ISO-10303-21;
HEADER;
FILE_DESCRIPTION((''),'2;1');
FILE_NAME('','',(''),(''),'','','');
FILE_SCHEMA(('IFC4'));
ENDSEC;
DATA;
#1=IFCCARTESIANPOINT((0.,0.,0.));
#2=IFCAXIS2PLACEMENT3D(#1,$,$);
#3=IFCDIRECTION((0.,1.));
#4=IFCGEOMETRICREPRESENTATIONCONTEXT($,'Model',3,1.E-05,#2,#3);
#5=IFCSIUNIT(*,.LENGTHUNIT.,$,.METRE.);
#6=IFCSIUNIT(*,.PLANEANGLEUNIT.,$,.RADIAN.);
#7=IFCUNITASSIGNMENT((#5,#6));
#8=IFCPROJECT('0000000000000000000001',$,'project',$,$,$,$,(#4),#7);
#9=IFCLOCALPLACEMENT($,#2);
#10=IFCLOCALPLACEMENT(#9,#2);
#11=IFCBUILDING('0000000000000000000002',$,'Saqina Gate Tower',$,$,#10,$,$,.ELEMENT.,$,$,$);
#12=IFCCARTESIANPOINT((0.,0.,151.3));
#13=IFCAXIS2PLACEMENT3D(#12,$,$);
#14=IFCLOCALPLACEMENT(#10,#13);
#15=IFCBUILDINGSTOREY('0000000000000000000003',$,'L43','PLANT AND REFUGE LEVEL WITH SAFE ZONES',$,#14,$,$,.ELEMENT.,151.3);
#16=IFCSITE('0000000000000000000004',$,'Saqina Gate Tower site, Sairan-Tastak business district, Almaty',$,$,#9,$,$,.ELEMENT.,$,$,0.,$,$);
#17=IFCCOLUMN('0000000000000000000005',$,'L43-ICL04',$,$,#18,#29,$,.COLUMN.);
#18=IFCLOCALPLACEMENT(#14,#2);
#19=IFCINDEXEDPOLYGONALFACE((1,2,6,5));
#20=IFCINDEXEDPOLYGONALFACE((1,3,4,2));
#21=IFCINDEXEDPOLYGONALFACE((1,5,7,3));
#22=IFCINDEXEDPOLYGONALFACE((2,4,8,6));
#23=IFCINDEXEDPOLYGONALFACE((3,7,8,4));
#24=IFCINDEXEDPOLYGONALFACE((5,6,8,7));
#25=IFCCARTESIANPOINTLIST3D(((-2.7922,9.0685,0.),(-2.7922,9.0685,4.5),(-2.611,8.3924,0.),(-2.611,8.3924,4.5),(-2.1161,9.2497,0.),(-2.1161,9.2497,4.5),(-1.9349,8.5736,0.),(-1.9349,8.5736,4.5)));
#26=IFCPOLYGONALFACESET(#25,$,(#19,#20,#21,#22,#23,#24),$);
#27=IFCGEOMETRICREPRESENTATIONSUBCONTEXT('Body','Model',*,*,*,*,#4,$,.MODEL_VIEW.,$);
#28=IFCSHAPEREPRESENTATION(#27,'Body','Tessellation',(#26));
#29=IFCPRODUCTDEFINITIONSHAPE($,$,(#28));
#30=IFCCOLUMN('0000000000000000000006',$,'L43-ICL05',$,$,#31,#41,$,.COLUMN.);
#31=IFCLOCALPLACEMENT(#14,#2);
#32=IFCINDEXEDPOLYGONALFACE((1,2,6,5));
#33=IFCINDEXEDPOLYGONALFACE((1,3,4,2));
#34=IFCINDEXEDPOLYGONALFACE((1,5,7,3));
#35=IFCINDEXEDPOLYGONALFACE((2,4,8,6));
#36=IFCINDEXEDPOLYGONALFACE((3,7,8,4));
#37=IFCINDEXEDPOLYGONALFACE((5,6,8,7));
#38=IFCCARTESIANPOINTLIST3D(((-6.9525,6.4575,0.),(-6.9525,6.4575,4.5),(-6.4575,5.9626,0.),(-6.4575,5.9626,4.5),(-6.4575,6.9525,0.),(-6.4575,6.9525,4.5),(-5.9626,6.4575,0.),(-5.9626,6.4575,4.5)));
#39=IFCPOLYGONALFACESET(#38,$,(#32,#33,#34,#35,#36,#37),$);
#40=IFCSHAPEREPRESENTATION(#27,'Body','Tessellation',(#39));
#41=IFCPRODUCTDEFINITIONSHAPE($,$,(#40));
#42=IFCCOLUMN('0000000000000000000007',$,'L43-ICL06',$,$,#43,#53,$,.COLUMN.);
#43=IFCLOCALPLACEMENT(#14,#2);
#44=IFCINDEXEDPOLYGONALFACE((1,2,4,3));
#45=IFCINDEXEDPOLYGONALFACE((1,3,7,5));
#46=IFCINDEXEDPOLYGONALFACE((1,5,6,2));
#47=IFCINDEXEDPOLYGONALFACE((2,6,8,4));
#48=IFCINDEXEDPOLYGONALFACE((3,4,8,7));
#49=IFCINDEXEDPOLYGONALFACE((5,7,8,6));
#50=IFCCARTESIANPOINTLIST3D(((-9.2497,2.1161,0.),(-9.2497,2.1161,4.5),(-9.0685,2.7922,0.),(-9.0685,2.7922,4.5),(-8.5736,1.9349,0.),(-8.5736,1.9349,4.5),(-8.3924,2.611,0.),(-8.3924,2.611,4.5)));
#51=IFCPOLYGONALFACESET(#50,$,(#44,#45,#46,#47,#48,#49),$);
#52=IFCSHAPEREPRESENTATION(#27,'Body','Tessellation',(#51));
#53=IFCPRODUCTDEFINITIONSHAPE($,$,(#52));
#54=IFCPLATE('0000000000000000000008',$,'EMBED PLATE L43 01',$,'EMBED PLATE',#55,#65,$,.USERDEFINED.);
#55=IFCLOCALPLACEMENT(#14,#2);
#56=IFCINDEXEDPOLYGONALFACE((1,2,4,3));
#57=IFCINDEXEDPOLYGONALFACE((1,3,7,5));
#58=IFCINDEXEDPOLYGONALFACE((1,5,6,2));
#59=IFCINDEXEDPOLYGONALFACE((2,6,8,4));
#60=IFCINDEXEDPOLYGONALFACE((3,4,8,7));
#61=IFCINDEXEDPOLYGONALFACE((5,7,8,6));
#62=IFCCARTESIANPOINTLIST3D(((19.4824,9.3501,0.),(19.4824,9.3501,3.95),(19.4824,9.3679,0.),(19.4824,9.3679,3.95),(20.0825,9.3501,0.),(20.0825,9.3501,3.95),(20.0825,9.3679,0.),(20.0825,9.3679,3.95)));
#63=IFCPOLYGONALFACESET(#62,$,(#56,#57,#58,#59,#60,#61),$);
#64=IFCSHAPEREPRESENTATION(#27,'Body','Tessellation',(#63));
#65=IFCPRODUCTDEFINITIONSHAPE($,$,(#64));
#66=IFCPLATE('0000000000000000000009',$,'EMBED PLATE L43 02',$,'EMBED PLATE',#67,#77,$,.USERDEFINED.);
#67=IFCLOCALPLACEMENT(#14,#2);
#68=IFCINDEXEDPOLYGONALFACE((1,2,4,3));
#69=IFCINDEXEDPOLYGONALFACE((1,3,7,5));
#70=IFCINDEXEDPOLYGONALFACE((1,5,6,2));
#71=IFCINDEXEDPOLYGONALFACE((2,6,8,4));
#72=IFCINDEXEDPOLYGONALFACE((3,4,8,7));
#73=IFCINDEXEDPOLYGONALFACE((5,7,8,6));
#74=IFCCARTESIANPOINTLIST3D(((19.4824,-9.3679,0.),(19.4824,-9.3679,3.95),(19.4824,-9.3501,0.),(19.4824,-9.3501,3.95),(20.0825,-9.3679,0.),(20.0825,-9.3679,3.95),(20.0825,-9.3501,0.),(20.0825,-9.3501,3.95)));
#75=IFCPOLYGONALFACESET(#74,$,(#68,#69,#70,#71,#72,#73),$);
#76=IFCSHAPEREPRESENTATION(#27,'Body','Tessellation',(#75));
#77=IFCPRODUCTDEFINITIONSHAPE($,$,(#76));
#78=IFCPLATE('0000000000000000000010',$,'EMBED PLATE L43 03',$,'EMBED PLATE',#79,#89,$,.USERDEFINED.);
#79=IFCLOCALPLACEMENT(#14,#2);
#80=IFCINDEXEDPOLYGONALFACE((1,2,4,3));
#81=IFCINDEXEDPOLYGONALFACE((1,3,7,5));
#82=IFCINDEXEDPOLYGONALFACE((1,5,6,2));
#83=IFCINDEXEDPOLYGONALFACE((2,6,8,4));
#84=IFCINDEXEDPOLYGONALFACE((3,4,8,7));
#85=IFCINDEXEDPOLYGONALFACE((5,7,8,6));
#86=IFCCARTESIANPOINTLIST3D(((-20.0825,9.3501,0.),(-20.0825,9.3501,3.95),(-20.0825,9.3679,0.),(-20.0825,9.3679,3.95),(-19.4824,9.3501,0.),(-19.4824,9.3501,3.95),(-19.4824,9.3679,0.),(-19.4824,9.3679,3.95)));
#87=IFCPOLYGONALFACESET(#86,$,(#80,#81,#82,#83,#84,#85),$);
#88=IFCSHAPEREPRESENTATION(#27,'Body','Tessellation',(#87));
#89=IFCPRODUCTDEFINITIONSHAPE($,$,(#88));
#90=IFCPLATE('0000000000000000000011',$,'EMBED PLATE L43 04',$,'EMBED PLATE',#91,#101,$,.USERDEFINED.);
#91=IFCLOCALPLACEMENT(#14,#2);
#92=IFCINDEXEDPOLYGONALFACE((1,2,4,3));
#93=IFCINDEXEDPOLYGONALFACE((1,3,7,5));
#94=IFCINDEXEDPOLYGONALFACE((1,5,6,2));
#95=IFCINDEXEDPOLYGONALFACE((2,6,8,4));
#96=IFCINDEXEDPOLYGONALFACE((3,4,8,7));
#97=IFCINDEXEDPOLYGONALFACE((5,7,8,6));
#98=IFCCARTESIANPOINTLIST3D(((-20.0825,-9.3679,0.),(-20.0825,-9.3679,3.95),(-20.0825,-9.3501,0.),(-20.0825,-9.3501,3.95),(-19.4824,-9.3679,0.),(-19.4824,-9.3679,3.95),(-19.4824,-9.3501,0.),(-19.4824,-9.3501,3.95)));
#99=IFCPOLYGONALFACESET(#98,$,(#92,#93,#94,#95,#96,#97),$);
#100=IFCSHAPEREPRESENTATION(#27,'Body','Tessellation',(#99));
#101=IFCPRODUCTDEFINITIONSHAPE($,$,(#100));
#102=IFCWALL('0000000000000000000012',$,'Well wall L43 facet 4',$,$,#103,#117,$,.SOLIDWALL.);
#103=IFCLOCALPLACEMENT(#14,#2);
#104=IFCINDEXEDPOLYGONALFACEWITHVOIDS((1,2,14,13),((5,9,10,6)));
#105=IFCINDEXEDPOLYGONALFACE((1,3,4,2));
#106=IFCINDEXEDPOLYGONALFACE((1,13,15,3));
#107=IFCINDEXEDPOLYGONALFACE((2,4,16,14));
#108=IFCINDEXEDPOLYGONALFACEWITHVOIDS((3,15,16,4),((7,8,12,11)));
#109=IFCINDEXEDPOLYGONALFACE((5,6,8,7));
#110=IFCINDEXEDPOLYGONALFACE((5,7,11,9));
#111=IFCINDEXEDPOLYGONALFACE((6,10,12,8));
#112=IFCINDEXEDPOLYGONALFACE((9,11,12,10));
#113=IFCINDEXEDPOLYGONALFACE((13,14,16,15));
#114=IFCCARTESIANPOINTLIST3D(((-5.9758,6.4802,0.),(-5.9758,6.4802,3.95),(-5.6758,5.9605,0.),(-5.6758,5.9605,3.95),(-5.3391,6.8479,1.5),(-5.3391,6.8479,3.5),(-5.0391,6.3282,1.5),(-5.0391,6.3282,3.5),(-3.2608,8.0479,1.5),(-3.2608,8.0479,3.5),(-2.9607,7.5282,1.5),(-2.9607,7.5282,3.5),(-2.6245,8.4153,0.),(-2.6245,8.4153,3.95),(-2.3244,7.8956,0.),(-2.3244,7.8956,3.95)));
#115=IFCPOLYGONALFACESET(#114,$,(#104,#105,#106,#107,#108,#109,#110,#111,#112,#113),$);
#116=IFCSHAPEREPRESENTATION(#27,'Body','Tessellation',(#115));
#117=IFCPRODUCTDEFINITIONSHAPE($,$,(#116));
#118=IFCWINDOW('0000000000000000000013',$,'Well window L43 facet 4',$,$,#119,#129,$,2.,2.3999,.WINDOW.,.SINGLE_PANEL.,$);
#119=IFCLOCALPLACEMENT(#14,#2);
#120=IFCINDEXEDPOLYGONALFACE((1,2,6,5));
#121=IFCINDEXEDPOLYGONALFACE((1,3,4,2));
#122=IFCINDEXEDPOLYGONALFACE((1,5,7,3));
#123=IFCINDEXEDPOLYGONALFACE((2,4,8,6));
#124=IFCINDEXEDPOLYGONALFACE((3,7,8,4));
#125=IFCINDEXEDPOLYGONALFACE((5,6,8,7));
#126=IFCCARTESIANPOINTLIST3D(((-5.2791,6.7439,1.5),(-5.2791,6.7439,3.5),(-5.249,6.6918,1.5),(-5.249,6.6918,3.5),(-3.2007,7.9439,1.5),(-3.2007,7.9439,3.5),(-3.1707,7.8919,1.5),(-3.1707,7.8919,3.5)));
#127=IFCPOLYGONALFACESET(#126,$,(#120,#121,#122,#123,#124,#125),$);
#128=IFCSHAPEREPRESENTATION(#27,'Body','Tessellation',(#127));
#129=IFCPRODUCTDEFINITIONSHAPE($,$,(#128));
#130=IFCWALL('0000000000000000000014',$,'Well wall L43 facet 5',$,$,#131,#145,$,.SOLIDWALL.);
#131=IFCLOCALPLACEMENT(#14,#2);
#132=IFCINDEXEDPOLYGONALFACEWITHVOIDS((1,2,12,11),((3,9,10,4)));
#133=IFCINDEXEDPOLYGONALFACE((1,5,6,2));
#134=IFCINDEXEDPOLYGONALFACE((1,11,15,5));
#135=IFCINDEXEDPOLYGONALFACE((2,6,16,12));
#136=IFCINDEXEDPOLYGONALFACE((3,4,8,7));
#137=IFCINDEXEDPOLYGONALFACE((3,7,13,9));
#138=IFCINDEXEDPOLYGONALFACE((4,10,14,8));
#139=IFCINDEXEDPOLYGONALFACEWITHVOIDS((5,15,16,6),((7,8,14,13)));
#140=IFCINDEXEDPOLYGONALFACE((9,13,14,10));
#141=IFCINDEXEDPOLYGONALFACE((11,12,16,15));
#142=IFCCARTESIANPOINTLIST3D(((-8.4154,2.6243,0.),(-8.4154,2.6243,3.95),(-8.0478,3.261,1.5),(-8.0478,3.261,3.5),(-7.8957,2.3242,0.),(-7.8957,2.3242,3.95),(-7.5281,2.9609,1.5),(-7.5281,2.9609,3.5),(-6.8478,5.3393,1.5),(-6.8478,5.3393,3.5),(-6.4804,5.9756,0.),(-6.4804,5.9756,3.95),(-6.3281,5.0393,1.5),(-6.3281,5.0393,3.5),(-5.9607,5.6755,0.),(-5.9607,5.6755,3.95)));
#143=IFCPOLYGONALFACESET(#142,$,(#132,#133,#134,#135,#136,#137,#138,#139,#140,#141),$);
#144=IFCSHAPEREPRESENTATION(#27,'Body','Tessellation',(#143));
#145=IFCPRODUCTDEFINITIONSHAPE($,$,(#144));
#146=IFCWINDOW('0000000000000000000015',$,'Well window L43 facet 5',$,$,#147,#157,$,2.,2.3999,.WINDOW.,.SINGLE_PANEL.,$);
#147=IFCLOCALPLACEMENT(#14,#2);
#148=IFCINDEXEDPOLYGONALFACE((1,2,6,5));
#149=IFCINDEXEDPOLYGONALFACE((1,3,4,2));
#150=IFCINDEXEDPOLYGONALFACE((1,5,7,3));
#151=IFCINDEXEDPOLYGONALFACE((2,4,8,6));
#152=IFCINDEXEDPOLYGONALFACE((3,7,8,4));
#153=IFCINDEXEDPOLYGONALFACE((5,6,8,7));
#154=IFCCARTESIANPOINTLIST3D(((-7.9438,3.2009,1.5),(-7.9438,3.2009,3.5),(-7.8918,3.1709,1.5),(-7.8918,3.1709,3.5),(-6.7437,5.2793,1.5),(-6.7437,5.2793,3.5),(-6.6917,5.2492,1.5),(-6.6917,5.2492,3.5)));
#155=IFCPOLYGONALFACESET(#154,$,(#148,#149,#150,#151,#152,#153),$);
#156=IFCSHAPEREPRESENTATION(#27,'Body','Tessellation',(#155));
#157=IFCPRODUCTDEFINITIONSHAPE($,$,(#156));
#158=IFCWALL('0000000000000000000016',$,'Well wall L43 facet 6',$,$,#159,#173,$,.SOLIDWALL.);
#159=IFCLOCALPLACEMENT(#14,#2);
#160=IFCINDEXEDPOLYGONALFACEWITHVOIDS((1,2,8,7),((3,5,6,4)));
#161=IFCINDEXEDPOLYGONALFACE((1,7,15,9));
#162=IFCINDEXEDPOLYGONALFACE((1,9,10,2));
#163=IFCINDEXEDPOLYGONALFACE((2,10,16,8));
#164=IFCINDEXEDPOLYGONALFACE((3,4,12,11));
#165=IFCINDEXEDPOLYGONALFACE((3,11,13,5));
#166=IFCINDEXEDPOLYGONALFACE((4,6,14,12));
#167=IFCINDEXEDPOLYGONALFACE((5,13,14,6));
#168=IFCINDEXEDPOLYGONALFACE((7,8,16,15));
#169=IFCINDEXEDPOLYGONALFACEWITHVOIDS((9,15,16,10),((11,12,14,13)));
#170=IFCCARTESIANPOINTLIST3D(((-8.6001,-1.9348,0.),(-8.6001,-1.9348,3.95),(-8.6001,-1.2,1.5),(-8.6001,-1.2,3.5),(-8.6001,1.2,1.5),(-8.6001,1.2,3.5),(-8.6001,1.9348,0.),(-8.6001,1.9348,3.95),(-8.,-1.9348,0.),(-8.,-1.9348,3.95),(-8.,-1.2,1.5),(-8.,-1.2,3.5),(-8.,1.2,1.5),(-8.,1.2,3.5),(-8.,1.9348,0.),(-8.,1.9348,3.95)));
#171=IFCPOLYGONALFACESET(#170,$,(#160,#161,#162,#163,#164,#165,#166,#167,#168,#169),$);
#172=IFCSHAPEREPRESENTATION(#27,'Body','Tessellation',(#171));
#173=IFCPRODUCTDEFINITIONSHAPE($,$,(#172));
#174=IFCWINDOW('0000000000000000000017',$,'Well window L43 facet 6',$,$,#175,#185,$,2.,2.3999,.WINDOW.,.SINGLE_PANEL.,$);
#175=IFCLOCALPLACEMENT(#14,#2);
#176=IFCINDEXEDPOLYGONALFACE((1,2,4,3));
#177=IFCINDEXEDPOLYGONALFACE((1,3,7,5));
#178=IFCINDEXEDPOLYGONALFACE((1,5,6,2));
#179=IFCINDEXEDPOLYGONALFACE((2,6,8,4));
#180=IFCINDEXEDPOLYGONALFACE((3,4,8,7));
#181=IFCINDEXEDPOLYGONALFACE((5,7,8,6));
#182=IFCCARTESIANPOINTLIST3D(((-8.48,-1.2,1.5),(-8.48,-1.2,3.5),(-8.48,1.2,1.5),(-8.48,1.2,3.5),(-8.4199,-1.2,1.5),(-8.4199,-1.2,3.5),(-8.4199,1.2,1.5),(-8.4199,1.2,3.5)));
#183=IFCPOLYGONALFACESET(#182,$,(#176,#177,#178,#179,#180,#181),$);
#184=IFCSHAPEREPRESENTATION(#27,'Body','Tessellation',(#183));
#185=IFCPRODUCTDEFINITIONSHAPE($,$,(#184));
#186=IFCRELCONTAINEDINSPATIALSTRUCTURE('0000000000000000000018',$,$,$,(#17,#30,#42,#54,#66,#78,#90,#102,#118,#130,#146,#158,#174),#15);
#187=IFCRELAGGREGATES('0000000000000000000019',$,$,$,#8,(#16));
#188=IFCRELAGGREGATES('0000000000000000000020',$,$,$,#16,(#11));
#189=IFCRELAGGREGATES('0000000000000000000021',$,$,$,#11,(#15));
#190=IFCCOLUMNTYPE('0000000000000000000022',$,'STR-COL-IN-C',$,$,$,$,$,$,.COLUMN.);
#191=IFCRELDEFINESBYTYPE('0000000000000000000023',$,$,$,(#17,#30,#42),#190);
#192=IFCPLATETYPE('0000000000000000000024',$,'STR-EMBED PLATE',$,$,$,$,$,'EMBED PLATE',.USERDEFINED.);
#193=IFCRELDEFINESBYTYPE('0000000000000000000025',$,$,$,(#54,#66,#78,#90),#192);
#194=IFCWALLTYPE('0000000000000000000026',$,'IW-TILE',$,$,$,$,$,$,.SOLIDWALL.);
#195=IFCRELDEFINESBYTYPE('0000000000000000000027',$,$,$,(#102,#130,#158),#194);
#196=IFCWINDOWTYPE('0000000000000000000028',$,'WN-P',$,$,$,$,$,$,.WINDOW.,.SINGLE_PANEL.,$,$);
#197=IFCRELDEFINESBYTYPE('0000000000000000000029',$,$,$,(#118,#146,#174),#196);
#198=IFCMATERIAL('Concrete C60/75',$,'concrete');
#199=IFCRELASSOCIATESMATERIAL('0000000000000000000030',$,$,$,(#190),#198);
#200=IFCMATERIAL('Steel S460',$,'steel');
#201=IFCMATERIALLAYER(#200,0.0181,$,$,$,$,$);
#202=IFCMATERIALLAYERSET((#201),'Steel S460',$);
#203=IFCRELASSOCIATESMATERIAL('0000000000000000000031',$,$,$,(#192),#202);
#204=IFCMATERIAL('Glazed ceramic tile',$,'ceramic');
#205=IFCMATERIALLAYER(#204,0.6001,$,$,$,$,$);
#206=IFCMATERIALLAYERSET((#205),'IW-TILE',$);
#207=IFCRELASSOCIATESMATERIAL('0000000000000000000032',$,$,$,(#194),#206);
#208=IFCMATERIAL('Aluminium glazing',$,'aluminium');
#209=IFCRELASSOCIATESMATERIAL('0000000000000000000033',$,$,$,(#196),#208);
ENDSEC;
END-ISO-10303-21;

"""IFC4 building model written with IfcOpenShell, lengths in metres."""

from ifc_helpers import new_model, si_unit, direction, frame, frame_2d, origin, origin_2d, place, context, subcontext, project, spatial, polyline, rectangle, outline, extrude, material, layer, layer_set, material_profile, profile_set, type_object, element, fill, save


model = new_model("IFC4")

# Units and contexts
model_context = context("Model", 3, precision=1e-05, world=origin(), true_north=direction((0.0, 1.0)))
body_context = subcontext(model_context, "Body", "Model", "MODEL_VIEW")
ifc_project = project(units=[si_unit("LENGTHUNIT", "METRE"), si_unit("PLANEANGLEUNIT", "RADIAN")], contexts=[model_context])

# Site, building, storey
site_placement = place(None, origin())
site = spatial("IfcSite", under=ifc_project, at=site_placement, Name="Saqina Gate Tower site, Sairan-Tastak business district, Almaty", CompositionType="ELEMENT", RefElevation=0.0)
building_placement = place(site_placement, origin())
building = spatial("IfcBuilding", under=site, at=building_placement, Name="Saqina Gate Tower", CompositionType="ELEMENT")
storey_placement = place(building_placement, frame((0.0, 0.0, 151.3)))
storey = spatial("IfcBuildingStorey", under=building, at=storey_placement, Name="L43", Description="PLANT AND REFUGE LEVEL WITH SAFE ZONES", CompositionType="ELEMENT", Elevation=151.3)

# Columns
ifc_material_1 = material(Name="Concrete C60/75", Category="concrete")
ifc_material_profile = material_profile(ifc_material_1, rectangle(XDim=0.7, YDim=0.7, at=origin_2d()), Name="RC 700x700")
ifc_profile_set = profile_set([ifc_material_profile], Name="Concrete C60/75")
column_type = type_object("IfcColumnType", Name="STR-COL-IN-C", PredefinedType="COLUMN", material=ifc_profile_set)
for number, where, z_axis, x_axis, name in (
    (1, (-2.3635, 8.821, 0.0), (0.0, 0.0, 1.0), (-0.258819, 0.965926, 0.0), "L43-ICL04"),
    (2, (-6.4575, 6.4575, 0.0), (0.0, 0.0, 1.0), (-0.707107, 0.707107, 0.0), "L43-ICL05"),
    (3, (-8.821, 2.3635, 0.0), (0.0, 0.0, 1.0), (-0.965926, 0.258819, 0.0), "L43-ICL06"),
):
    element("IfcColumn", number, at=place(storey_placement, frame(where, z_axis=z_axis, x_axis=x_axis)), inside=storey, type_object=column_type, Name=name, PredefinedType="COLUMN", context=body_context, shape_type="SweptSolid", body=[
        extrude(rectangle(XDim=0.7, YDim=0.7, at=origin_2d()), origin(), (0.0, 0.0, 1.0), 4.5),
    ])

# Plates
ifc_material_2 = material(Name="Steel S460", Category="steel")
ifc_layer_1 = layer(ifc_material_2, 0.0181)
ifc_layer_set_1 = layer_set([ifc_layer_1], Name="Steel S460")
plate_type = type_object("IfcPlateType", Name="STR-EMBED PLATE", ElementType="EMBED PLATE", PredefinedType="USERDEFINED", material=ifc_layer_set_1)
plate_1_placement = place(storey_placement, origin())
element("IfcPlate", 4, at=plate_1_placement, inside=storey, type_object=plate_type, Name="EMBED PLATE L43 01", ObjectType="EMBED PLATE", PredefinedType="USERDEFINED", context=body_context, shape_type="SweptSolid", body=[
    extrude(outline(polyline([(19.4824, 9.3501), (20.0825, 9.3501), (20.0825, 9.3679), (19.4824, 9.3679), (19.4824, 9.3501)])), origin(), (0.0, 0.0, 1.0), 3.95),
])
plate_2_placement = place(storey_placement, origin())
element("IfcPlate", 5, at=plate_2_placement, inside=storey, type_object=plate_type, Name="EMBED PLATE L43 02", ObjectType="EMBED PLATE", PredefinedType="USERDEFINED", context=body_context, shape_type="SweptSolid", body=[
    extrude(outline(polyline([(19.4824, -9.3679), (20.0825, -9.3679), (20.0825, -9.3501), (19.4824, -9.3501), (19.4824, -9.3679)])), origin(), (0.0, 0.0, 1.0), 3.95),
])
plate_3_placement = place(storey_placement, origin())
element("IfcPlate", 6, at=plate_3_placement, inside=storey, type_object=plate_type, Name="EMBED PLATE L43 03", ObjectType="EMBED PLATE", PredefinedType="USERDEFINED", context=body_context, shape_type="SweptSolid", body=[
    extrude(outline(polyline([(-20.0825, 9.3501), (-19.4824, 9.3501), (-19.4824, 9.3679), (-20.0825, 9.3679), (-20.0825, 9.3501)])), origin(), (0.0, 0.0, 1.0), 3.95),
])
plate_4_placement = place(storey_placement, origin())
element("IfcPlate", 7, at=plate_4_placement, inside=storey, type_object=plate_type, Name="EMBED PLATE L43 04", ObjectType="EMBED PLATE", PredefinedType="USERDEFINED", context=body_context, shape_type="SweptSolid", body=[
    extrude(outline(polyline([(-20.0825, -9.3679), (-19.4824, -9.3679), (-19.4824, -9.3501), (-20.0825, -9.3501), (-20.0825, -9.3679)])), origin(), (0.0, 0.0, 1.0), 3.95),
])

# Walls, openings, windows
ifc_material_3 = material(Name="Glazed ceramic tile", Category="ceramic")
ifc_layer_2 = layer(ifc_material_3, 0.6001)
ifc_layer_set_2 = layer_set([ifc_layer_2], Name="IW-TILE")
wall_type_1 = type_object("IfcWallType", Name="IW-TILE", PredefinedType="SOLIDWALL", material=ifc_layer_set_2)
wall_1_placement = place(storey_placement, frame((-2.4744, 8.1555, 0.0), z_axis=(0.0, 0.0, 1.0), x_axis=(-0.866006, -0.500034, 0.0)))
wall_1 = element("IfcWall", 8, at=wall_1_placement, inside=storey, type_object=wall_type_1, Name="Well wall L43 facet 4", PredefinedType="SOLIDWALL", context=body_context, shape_type="SweptSolid", body=[
    extrude(rectangle(XDim=3.8699, YDim=0.6001, at=frame_2d((1.9351, 0.0))), origin(), (0.0, 0.0, 1.0), 3.95),
])
opening_1_placement = place(wall_1_placement, frame((0.7349, 0.0, 1.5)))
opening_1 = element("IfcOpeningElement", 9, at=opening_1_placement, cuts=wall_1, PredefinedType="OPENING", context=body_context, shape_type="SweptSolid", body=[
    extrude(rectangle(XDim=2.3999, YDim=2.0, at=frame_2d((1.2, 1.0))), frame((0.0, 0.312, 0.0), z_axis=(0.0, -1.0, 0.0), x_axis=(1.0, 0.0, 0.0)), (0.0, 0.0, 1.0), 0.624),
])
ifc_material_4 = material(Name="Aluminium glazing", Category="aluminium")
window_type = type_object("IfcWindowType", Name="WN-P", PartitioningType="SINGLE_PANEL", PredefinedType="WINDOW", material=ifc_material_4)
window_1_placement = place(opening_1_placement, origin())
window_1 = element("IfcWindow", 10, at=window_1_placement, inside=storey, type_object=window_type, Name="Well window L43 facet 4", OverallHeight=2.0, OverallWidth=2.3999, PartitioningType="SINGLE_PANEL", PredefinedType="WINDOW", context=body_context, shape_type="SweptSolid", body=[
    extrude(rectangle(XDim=2.3999, YDim=2.0, at=frame_2d((1.2, 1.0))), frame((0.0, -0.1199, 0.0), z_axis=(0.0, -1.0, 0.0), x_axis=(1.0, 0.0, 0.0)), (0.0, 0.0, 1.0), 0.0601),
])
fill(opening_1, window_1)
wall_2_placement = place(storey_placement, frame((-6.2205, 5.8257, 0.0), z_axis=(0.0, 0.0, 1.0), x_axis=(-0.500034, -0.866006, 0.0)))
wall_2 = element("IfcWall", 11, at=wall_2_placement, inside=storey, type_object=wall_type_1, Name="Well wall L43 facet 5", PredefinedType="SOLIDWALL", context=body_context, shape_type="SweptSolid", body=[
    extrude(rectangle(XDim=3.8699, YDim=0.6001, at=frame_2d((1.9351, 0.0))), origin(), (0.0, 0.0, 1.0), 3.95),
])
opening_2_placement = place(wall_2_placement, frame((0.7349, 0.0, 1.5)))
opening_2 = element("IfcOpeningElement", 12, at=opening_2_placement, cuts=wall_2, PredefinedType="OPENING", context=body_context, shape_type="SweptSolid", body=[
    extrude(rectangle(XDim=2.3999, YDim=2.0, at=frame_2d((1.2, 1.0))), frame((0.0, 0.312, 0.0), z_axis=(0.0, -1.0, 0.0), x_axis=(1.0, 0.0, 0.0)), (0.0, 0.0, 1.0), 0.624),
])
window_2_placement = place(opening_2_placement, origin())
window_2 = element("IfcWindow", 13, at=window_2_placement, inside=storey, type_object=window_type, Name="Well window L43 facet 5", OverallHeight=2.0, OverallWidth=2.3999, PartitioningType="SINGLE_PANEL", PredefinedType="WINDOW", context=body_context, shape_type="SweptSolid", body=[
    extrude(rectangle(XDim=2.3999, YDim=2.0, at=frame_2d((1.2, 1.0))), frame((0.0, -0.1199, 0.0), z_axis=(0.0, -1.0, 0.0), x_axis=(1.0, 0.0, 0.0)), (0.0, 0.0, 1.0), 0.0601),
])
fill(opening_2, window_2)
wall_3_placement = place(storey_placement, frame((-8.3, 1.9348, 0.0), z_axis=(0.0, 0.0, 1.0), x_axis=(0.0, -1.0, 0.0)))
wall_3 = element("IfcWall", 14, at=wall_3_placement, inside=storey, type_object=wall_type_1, Name="Well wall L43 facet 6", PredefinedType="SOLIDWALL", context=body_context, shape_type="SweptSolid", body=[
    extrude(rectangle(XDim=3.8696, YDim=0.6001, at=frame_2d((1.9348, 0.0))), origin(), (0.0, 0.0, 1.0), 3.95),
])
opening_3_placement = place(wall_3_placement, frame((0.7349, 0.0, 1.5)))
opening_3 = element("IfcOpeningElement", 15, at=opening_3_placement, cuts=wall_3, PredefinedType="OPENING", context=body_context, shape_type="SweptSolid", body=[
    extrude(rectangle(XDim=2.3999, YDim=2.0, at=frame_2d((1.2, 1.0))), frame((0.0, 0.312, 0.0), z_axis=(0.0, -1.0, 0.0), x_axis=(1.0, 0.0, 0.0)), (0.0, 0.0, 1.0), 0.624),
])
window_3_placement = place(opening_3_placement, origin())
window_3 = element("IfcWindow", 16, at=window_3_placement, inside=storey, type_object=window_type, Name="Well window L43 facet 6", OverallHeight=2.0, OverallWidth=2.3999, PartitioningType="SINGLE_PANEL", PredefinedType="WINDOW", context=body_context, shape_type="SweptSolid", body=[
    extrude(rectangle(XDim=2.3999, YDim=2.0, at=frame_2d((1.2, 1.0))), frame((0.0, -0.1199, 0.0), z_axis=(0.0, -1.0, 0.0), x_axis=(1.0, 0.0, 0.0)), (0.0, 0.0, 1.0), 0.0601),
])
fill(opening_3, window_3)

save(model, "model.ifc")
